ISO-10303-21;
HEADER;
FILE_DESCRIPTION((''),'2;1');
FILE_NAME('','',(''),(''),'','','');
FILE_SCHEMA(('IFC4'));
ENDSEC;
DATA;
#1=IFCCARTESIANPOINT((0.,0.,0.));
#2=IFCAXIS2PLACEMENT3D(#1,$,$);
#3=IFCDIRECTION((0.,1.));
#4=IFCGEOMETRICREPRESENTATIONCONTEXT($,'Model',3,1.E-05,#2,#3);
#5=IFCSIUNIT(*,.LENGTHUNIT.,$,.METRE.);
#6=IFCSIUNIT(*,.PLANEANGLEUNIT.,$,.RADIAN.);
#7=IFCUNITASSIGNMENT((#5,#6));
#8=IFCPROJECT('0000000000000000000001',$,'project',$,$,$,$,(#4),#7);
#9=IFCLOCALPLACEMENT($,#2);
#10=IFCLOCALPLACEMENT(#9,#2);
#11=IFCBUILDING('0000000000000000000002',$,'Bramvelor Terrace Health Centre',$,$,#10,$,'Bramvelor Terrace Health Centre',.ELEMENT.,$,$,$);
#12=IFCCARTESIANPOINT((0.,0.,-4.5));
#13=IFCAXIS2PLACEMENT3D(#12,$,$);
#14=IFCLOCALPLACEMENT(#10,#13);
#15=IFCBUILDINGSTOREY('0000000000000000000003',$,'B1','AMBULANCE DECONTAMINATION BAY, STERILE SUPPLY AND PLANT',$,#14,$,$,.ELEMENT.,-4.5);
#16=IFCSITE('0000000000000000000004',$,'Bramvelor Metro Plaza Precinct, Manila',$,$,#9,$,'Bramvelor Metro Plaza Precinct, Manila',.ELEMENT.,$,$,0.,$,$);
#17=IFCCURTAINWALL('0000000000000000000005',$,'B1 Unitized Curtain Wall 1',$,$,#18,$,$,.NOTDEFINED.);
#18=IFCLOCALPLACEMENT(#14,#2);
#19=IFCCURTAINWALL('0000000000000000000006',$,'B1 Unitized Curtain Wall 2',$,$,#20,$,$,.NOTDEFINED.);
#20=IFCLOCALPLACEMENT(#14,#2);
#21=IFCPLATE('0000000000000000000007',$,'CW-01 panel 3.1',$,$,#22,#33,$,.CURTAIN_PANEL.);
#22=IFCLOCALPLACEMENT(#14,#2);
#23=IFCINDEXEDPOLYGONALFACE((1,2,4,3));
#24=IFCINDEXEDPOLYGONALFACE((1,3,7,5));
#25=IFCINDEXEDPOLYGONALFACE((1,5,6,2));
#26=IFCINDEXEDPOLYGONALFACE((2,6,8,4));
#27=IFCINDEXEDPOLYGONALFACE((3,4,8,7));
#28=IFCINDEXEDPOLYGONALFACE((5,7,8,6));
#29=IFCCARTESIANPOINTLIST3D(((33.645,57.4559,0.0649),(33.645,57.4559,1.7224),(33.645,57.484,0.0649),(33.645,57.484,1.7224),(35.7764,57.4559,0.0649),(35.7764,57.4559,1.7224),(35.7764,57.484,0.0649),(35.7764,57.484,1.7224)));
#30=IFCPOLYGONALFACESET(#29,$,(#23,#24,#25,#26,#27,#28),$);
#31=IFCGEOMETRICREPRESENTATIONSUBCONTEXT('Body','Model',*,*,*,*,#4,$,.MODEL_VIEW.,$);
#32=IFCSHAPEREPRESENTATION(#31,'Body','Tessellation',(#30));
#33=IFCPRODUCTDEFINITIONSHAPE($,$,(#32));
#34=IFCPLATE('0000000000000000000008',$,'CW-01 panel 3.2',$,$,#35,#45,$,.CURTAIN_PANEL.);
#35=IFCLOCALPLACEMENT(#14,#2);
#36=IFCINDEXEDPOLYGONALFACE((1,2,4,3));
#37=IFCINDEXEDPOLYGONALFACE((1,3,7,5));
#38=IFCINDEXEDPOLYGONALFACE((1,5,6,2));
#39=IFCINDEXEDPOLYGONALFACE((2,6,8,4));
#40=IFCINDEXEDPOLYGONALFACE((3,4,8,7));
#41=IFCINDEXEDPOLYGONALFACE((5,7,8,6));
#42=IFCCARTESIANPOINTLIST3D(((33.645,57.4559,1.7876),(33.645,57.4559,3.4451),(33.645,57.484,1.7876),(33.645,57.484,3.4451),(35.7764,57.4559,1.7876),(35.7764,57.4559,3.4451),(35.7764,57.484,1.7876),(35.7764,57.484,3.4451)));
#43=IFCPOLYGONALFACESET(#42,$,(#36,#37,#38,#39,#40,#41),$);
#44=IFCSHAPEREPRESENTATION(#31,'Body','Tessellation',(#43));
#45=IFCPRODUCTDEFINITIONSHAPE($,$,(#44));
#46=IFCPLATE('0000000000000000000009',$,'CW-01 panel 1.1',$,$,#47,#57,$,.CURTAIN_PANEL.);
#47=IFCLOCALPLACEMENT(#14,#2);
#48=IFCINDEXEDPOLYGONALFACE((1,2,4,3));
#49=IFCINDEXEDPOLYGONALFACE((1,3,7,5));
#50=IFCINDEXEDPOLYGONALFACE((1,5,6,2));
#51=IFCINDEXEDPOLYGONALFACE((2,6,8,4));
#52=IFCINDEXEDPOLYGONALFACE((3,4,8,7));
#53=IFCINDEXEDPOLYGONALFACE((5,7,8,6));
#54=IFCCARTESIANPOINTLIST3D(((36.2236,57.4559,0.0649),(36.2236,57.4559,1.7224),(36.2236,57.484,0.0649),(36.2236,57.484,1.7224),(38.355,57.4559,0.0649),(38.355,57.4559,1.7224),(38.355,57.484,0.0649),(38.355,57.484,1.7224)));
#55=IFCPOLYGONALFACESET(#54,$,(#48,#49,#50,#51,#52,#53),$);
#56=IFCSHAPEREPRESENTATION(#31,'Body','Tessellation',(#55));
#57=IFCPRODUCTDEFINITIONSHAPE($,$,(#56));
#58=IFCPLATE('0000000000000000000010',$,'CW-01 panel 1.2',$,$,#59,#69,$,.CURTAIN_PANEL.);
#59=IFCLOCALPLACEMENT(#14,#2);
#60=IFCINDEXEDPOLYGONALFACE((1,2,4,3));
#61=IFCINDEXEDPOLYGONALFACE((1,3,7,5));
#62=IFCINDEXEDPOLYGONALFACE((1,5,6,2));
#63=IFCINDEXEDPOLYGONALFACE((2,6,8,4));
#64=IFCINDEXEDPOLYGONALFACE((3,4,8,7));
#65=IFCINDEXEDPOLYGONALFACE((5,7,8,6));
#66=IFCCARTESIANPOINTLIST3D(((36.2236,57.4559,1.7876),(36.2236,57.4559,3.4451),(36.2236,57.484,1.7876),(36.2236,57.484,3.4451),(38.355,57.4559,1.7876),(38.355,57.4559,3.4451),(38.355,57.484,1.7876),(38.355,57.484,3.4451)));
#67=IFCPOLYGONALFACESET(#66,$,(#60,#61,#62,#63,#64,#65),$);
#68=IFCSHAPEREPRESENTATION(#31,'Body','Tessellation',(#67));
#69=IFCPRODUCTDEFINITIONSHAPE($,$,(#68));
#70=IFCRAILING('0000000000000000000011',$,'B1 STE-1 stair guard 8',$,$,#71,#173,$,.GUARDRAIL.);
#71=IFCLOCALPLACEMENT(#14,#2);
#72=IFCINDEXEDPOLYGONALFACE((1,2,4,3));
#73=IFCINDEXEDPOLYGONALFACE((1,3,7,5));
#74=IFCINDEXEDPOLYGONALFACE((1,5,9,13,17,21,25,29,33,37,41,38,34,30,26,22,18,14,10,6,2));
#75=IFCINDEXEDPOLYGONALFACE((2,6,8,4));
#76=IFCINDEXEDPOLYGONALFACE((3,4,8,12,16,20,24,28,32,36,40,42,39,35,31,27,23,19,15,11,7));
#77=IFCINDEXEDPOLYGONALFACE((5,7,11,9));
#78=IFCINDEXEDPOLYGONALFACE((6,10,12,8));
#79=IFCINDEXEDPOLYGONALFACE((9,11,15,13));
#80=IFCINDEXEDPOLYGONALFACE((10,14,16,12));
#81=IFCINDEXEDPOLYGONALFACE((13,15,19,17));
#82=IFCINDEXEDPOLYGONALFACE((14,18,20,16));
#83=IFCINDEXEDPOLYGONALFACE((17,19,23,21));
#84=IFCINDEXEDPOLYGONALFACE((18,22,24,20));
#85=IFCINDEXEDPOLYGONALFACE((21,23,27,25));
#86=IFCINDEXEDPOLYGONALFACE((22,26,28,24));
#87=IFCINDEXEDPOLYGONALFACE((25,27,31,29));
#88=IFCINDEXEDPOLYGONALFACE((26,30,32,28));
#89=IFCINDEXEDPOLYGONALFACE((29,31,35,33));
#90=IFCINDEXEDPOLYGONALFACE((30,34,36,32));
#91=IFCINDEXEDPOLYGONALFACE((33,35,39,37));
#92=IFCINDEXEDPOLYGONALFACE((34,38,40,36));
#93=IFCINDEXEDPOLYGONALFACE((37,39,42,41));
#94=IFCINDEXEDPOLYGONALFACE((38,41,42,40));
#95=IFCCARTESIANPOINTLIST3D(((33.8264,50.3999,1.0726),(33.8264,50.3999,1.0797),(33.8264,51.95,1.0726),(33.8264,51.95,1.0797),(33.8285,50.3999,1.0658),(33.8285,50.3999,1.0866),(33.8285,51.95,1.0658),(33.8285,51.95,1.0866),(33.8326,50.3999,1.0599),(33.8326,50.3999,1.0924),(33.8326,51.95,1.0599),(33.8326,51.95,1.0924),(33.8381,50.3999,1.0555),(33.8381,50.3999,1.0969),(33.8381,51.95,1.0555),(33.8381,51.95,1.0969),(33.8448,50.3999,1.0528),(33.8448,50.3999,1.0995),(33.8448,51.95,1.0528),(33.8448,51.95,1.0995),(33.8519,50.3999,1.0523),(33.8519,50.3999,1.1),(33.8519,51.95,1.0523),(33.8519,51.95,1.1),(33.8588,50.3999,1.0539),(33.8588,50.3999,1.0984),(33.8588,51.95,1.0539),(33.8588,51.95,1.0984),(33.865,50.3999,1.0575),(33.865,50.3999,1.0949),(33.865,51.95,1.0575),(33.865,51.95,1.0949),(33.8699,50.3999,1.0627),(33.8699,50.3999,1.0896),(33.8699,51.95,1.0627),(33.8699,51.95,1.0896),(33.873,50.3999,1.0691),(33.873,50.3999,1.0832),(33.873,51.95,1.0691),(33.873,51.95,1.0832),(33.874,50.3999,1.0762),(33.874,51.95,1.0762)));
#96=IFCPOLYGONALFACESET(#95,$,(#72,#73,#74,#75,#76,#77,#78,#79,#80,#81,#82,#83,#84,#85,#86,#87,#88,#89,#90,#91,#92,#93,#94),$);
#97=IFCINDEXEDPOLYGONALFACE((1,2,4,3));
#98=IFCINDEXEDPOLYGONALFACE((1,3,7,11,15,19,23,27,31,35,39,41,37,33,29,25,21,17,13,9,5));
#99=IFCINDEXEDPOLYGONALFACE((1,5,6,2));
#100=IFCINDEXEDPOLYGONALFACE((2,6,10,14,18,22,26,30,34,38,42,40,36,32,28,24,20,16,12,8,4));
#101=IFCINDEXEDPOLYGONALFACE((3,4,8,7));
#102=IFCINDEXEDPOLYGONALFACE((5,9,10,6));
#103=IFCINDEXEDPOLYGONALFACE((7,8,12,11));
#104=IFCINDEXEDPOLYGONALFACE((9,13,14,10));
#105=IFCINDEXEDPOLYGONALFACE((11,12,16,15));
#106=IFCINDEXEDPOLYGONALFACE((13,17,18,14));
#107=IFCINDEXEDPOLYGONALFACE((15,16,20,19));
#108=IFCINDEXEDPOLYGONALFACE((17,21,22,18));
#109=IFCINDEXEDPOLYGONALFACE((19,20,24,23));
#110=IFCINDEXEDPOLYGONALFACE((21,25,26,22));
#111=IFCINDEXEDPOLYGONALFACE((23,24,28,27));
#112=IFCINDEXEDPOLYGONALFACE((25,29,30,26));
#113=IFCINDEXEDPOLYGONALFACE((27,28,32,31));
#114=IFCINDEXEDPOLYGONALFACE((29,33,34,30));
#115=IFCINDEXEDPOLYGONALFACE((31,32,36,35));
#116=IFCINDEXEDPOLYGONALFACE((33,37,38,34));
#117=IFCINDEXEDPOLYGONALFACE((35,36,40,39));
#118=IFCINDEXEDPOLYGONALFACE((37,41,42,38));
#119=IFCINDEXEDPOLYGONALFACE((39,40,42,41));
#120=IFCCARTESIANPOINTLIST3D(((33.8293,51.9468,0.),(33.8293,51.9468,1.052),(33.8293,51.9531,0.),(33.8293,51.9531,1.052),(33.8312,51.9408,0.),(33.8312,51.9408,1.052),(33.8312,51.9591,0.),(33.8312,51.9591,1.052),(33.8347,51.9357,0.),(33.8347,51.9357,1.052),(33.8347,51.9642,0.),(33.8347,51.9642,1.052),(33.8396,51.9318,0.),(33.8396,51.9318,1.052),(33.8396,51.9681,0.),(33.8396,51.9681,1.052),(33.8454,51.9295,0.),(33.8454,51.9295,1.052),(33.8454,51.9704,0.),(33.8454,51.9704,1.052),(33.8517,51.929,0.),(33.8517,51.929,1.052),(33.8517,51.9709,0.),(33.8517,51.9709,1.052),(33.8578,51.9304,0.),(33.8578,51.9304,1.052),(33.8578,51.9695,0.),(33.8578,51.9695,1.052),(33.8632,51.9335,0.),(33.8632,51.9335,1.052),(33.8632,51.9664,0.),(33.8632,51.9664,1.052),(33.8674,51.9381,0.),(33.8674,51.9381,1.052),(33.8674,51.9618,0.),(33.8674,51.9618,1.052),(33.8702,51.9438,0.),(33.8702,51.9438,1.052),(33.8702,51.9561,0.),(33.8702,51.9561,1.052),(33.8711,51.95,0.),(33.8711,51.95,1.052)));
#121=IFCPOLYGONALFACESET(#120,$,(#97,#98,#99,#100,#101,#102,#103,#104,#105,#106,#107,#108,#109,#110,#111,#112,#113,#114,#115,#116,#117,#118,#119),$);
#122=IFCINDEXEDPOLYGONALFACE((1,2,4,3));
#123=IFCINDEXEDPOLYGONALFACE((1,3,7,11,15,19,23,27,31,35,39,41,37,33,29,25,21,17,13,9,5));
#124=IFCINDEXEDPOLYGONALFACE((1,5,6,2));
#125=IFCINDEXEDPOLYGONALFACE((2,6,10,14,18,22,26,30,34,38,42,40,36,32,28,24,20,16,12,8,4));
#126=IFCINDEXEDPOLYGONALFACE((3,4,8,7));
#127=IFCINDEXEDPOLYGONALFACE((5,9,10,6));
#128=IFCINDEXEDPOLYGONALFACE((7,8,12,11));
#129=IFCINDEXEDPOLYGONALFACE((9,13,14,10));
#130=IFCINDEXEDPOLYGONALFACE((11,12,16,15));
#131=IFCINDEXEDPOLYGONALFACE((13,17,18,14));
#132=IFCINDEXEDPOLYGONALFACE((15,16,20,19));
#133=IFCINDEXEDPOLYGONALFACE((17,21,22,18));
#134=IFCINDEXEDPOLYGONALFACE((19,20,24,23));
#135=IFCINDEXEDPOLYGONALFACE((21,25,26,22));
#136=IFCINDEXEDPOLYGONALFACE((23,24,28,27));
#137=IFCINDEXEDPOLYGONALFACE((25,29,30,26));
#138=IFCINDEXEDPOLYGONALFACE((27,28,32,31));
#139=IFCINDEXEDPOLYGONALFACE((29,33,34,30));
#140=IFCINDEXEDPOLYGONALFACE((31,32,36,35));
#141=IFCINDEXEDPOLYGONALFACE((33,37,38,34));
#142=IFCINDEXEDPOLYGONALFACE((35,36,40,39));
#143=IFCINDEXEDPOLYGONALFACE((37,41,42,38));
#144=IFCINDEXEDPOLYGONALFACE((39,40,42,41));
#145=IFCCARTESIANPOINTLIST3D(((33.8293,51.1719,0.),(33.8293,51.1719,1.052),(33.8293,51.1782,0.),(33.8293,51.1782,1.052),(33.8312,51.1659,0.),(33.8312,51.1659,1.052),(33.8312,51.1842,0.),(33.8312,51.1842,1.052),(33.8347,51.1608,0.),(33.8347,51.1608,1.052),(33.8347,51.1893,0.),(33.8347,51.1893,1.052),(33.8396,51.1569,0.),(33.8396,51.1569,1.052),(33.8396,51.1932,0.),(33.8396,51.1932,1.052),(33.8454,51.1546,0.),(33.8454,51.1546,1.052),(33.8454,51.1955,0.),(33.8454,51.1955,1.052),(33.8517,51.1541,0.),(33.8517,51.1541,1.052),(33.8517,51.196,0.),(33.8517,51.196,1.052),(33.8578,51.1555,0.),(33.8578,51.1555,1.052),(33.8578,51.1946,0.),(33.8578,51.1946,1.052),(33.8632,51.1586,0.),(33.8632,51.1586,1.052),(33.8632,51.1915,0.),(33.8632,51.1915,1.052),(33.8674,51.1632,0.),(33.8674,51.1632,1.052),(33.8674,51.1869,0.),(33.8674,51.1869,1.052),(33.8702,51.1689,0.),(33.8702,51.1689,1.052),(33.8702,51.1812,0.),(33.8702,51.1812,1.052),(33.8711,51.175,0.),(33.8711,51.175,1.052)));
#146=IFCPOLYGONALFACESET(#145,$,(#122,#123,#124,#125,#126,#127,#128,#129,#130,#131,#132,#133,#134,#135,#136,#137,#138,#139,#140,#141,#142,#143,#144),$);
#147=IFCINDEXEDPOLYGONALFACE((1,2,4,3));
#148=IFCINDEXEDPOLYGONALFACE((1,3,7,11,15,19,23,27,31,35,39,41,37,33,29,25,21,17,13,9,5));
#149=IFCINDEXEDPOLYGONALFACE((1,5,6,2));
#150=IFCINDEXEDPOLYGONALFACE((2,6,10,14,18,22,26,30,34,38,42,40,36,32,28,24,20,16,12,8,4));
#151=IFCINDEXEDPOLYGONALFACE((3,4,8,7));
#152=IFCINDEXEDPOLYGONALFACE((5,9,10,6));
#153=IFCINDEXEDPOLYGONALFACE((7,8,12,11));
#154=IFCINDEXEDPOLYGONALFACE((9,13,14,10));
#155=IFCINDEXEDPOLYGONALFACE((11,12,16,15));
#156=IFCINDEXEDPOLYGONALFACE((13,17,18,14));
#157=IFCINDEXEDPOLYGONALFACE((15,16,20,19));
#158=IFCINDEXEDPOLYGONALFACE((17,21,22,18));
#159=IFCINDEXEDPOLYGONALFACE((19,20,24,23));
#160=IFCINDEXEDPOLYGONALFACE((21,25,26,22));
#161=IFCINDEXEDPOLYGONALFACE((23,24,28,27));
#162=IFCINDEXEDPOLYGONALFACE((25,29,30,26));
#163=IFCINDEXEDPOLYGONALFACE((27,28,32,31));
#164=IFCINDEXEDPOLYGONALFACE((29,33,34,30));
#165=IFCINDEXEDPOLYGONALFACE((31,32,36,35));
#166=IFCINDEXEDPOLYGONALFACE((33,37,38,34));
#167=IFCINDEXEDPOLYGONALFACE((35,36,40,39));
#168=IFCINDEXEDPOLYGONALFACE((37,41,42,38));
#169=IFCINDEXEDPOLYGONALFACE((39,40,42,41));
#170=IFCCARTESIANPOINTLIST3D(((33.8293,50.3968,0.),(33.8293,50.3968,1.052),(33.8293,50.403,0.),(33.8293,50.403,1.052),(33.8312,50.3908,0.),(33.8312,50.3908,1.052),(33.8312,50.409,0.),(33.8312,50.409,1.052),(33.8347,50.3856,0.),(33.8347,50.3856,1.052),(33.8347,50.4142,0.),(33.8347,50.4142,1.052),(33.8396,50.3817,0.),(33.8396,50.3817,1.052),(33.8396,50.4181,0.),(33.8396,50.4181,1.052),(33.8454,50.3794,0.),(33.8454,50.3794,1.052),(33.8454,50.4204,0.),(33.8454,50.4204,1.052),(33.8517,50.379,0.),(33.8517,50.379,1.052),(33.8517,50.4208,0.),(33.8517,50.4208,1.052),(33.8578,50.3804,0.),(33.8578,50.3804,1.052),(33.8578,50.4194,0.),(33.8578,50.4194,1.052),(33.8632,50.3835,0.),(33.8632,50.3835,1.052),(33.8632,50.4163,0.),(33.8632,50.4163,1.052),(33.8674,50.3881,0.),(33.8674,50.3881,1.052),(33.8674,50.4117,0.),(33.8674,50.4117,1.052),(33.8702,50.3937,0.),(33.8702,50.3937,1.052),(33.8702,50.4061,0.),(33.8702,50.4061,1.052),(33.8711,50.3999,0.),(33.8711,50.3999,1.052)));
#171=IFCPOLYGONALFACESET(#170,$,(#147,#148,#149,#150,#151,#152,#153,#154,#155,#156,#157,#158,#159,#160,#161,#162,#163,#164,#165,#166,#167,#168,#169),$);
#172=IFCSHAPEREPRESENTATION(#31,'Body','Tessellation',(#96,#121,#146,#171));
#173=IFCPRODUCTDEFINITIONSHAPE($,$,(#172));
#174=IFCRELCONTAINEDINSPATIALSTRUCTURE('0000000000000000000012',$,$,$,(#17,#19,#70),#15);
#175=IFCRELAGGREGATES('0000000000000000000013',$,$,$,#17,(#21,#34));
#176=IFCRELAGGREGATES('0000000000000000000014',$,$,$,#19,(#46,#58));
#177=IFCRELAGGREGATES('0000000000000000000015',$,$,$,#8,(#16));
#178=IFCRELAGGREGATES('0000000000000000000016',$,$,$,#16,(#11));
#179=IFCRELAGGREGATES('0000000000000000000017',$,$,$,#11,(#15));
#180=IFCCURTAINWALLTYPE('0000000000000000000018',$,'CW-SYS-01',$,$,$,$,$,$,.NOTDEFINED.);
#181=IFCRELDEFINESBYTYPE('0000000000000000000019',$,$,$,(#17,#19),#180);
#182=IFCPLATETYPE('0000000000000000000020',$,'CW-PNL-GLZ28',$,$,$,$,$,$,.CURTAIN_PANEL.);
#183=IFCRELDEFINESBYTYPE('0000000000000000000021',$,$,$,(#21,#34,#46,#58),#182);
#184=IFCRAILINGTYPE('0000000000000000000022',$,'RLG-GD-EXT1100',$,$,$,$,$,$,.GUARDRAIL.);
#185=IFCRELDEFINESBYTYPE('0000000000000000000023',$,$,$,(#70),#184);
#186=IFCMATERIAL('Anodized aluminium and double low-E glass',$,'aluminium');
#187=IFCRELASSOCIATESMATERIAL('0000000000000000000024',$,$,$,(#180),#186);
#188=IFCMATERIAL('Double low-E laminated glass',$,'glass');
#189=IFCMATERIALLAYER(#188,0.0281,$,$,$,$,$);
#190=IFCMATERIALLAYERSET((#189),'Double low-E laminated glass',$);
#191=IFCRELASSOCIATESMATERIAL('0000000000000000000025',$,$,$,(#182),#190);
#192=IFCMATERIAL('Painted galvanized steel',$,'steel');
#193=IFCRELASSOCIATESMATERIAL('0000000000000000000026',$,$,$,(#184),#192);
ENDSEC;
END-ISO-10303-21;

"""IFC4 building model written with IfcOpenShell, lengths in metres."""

from ifc_helpers import new_model, si_unit, direction, frame, origin, origin_2d, place, context, subcontext, project, spatial, rectangle, circle, extrude, material, layer, layer_set, type_object, element, aggregate, save


model = new_model("IFC4")

# Units and contexts
model_context = context("Model", 3, precision=1e-05, world=origin(), true_north=direction((0.0, 1.0)))
body_context = subcontext(model_context, "Body", "Model", "MODEL_VIEW")
ifc_project = project(units=[si_unit("LENGTHUNIT", "METRE"), si_unit("PLANEANGLEUNIT", "RADIAN")], contexts=[model_context])

# Site, building, storey
site_placement = place(None, origin())
site = spatial("IfcSite", under=ifc_project, at=site_placement, Name="Bramvelor Metro Plaza Precinct, Manila", LongName="Bramvelor Metro Plaza Precinct, Manila", CompositionType="ELEMENT", RefElevation=0.0)
building_placement = place(site_placement, origin())
building = spatial("IfcBuilding", under=site, at=building_placement, Name="Bramvelor Terrace Health Centre", LongName="Bramvelor Terrace Health Centre", CompositionType="ELEMENT")
storey_placement = place(building_placement, frame((0.0, 0.0, -4.5)))
storey = spatial("IfcBuildingStorey", under=building, at=storey_placement, Name="B1", Description="AMBULANCE DECONTAMINATION BAY, STERILE SUPPLY AND PLANT", CompositionType="ELEMENT", Elevation=-4.5)

# Curtain walls
ifc_material_1 = material(Name="Anodized aluminium and double low-E glass", Category="aluminium")
curtain_wall_type = type_object("IfcCurtainWallType", Name="CW-SYS-01", PredefinedType="NOTDEFINED", material=ifc_material_1)
curtain_wall_1_placement = place(storey_placement, origin())
curtain_wall_1 = element("IfcCurtainWall", 1, at=curtain_wall_1_placement, inside=storey, type_object=curtain_wall_type, Name="B1 Unitized Curtain Wall 1", PredefinedType="NOTDEFINED")
curtain_wall_2_placement = place(storey_placement, origin())
curtain_wall_2 = element("IfcCurtainWall", 2, at=curtain_wall_2_placement, inside=storey, type_object=curtain_wall_type, Name="B1 Unitized Curtain Wall 2", PredefinedType="NOTDEFINED")

# Plates
ifc_material_2 = material(Name="Double low-E laminated glass", Category="glass")
ifc_layer = layer(ifc_material_2, 0.0281)
ifc_layer_set = layer_set([ifc_layer], Name="Double low-E laminated glass")
plate_type = type_object("IfcPlateType", Name="CW-PNL-GLZ28", PredefinedType="CURTAIN_PANEL", material=ifc_layer_set)
plate_1_placement = place(storey_placement, frame((34.7107, 57.47, 0.0649), z_axis=(0.0, 0.0, 1.0), x_axis=(1.0, 0.0, 0.0)))
plate_1 = element("IfcPlate", 3, at=plate_1_placement, type_object=plate_type, Name="CW-01 panel 3.1", PredefinedType="CURTAIN_PANEL", context=body_context, shape_type="SweptSolid", body=[
    extrude(rectangle(XDim=2.1313, YDim=0.0281, at=origin_2d()), origin(), (0.0, 0.0, 1.0), 1.6575),
])
plate_2_placement = place(storey_placement, frame((34.7107, 57.47, 1.7876), z_axis=(0.0, 0.0, 1.0), x_axis=(1.0, 0.0, 0.0)))
plate_2 = element("IfcPlate", 4, at=plate_2_placement, type_object=plate_type, Name="CW-01 panel 3.2", PredefinedType="CURTAIN_PANEL", context=body_context, shape_type="SweptSolid", body=[
    extrude(rectangle(XDim=2.1313, YDim=0.0281, at=origin_2d()), origin(), (0.0, 0.0, 1.0), 1.6575),
])
aggregate(curtain_wall_1, [plate_1, plate_2])
plate_3_placement = place(storey_placement, frame((37.2893, 57.47, 0.0649), z_axis=(0.0, 0.0, 1.0), x_axis=(1.0, 0.0, 0.0)))
plate_3 = element("IfcPlate", 5, at=plate_3_placement, type_object=plate_type, Name="CW-01 panel 1.1", PredefinedType="CURTAIN_PANEL", context=body_context, shape_type="SweptSolid", body=[
    extrude(rectangle(XDim=2.1313, YDim=0.0281, at=origin_2d()), origin(), (0.0, 0.0, 1.0), 1.6575),
])
plate_4_placement = place(storey_placement, frame((37.2893, 57.47, 1.7876), z_axis=(0.0, 0.0, 1.0), x_axis=(1.0, 0.0, 0.0)))
plate_4 = element("IfcPlate", 6, at=plate_4_placement, type_object=plate_type, Name="CW-01 panel 1.2", PredefinedType="CURTAIN_PANEL", context=body_context, shape_type="SweptSolid", body=[
    extrude(rectangle(XDim=2.1313, YDim=0.0281, at=origin_2d()), origin(), (0.0, 0.0, 1.0), 1.6575),
])
aggregate(curtain_wall_2, [plate_3, plate_4])

# Railing
ifc_material_3 = material(Name="Painted galvanized steel", Category="steel")
railing_type = type_object("IfcRailingType", Name="RLG-GD-EXT1100", PredefinedType="GUARDRAIL", material=ifc_material_3)
for number, where, name in (
    (7, (33.8501, 51.95, 0.0), "B1 STE-1 stair guard 8"),
):
    element("IfcRailing", number, at=place(storey_placement, frame(where)), inside=storey, type_object=railing_type, Name=name, PredefinedType="GUARDRAIL", context=body_context, shape_type="SweptSolid", body=[
        extrude(circle(Radius=0.0239, at=origin_2d()), frame((0.0, 0.0, 1.0762), z_axis=(0.0, -1.0, 0.0), x_axis=(1.0, 0.0, 0.0)), (0.0, 0.0, 1.0), 1.55),
        extrude(circle(Radius=0.021, at=origin_2d()), origin(), (0.0, 0.0, 1.0), 1.052),
        extrude(circle(Radius=0.021, at=origin_2d()), frame((0.0, -0.7749, 0.0)), (0.0, 0.0, 1.0), 1.052),
        extrude(circle(Radius=0.021, at=origin_2d()), frame((0.0, -1.55, 0.0)), (0.0, 0.0, 1.0), 1.052),
    ])

save(model, "model.ifc")
